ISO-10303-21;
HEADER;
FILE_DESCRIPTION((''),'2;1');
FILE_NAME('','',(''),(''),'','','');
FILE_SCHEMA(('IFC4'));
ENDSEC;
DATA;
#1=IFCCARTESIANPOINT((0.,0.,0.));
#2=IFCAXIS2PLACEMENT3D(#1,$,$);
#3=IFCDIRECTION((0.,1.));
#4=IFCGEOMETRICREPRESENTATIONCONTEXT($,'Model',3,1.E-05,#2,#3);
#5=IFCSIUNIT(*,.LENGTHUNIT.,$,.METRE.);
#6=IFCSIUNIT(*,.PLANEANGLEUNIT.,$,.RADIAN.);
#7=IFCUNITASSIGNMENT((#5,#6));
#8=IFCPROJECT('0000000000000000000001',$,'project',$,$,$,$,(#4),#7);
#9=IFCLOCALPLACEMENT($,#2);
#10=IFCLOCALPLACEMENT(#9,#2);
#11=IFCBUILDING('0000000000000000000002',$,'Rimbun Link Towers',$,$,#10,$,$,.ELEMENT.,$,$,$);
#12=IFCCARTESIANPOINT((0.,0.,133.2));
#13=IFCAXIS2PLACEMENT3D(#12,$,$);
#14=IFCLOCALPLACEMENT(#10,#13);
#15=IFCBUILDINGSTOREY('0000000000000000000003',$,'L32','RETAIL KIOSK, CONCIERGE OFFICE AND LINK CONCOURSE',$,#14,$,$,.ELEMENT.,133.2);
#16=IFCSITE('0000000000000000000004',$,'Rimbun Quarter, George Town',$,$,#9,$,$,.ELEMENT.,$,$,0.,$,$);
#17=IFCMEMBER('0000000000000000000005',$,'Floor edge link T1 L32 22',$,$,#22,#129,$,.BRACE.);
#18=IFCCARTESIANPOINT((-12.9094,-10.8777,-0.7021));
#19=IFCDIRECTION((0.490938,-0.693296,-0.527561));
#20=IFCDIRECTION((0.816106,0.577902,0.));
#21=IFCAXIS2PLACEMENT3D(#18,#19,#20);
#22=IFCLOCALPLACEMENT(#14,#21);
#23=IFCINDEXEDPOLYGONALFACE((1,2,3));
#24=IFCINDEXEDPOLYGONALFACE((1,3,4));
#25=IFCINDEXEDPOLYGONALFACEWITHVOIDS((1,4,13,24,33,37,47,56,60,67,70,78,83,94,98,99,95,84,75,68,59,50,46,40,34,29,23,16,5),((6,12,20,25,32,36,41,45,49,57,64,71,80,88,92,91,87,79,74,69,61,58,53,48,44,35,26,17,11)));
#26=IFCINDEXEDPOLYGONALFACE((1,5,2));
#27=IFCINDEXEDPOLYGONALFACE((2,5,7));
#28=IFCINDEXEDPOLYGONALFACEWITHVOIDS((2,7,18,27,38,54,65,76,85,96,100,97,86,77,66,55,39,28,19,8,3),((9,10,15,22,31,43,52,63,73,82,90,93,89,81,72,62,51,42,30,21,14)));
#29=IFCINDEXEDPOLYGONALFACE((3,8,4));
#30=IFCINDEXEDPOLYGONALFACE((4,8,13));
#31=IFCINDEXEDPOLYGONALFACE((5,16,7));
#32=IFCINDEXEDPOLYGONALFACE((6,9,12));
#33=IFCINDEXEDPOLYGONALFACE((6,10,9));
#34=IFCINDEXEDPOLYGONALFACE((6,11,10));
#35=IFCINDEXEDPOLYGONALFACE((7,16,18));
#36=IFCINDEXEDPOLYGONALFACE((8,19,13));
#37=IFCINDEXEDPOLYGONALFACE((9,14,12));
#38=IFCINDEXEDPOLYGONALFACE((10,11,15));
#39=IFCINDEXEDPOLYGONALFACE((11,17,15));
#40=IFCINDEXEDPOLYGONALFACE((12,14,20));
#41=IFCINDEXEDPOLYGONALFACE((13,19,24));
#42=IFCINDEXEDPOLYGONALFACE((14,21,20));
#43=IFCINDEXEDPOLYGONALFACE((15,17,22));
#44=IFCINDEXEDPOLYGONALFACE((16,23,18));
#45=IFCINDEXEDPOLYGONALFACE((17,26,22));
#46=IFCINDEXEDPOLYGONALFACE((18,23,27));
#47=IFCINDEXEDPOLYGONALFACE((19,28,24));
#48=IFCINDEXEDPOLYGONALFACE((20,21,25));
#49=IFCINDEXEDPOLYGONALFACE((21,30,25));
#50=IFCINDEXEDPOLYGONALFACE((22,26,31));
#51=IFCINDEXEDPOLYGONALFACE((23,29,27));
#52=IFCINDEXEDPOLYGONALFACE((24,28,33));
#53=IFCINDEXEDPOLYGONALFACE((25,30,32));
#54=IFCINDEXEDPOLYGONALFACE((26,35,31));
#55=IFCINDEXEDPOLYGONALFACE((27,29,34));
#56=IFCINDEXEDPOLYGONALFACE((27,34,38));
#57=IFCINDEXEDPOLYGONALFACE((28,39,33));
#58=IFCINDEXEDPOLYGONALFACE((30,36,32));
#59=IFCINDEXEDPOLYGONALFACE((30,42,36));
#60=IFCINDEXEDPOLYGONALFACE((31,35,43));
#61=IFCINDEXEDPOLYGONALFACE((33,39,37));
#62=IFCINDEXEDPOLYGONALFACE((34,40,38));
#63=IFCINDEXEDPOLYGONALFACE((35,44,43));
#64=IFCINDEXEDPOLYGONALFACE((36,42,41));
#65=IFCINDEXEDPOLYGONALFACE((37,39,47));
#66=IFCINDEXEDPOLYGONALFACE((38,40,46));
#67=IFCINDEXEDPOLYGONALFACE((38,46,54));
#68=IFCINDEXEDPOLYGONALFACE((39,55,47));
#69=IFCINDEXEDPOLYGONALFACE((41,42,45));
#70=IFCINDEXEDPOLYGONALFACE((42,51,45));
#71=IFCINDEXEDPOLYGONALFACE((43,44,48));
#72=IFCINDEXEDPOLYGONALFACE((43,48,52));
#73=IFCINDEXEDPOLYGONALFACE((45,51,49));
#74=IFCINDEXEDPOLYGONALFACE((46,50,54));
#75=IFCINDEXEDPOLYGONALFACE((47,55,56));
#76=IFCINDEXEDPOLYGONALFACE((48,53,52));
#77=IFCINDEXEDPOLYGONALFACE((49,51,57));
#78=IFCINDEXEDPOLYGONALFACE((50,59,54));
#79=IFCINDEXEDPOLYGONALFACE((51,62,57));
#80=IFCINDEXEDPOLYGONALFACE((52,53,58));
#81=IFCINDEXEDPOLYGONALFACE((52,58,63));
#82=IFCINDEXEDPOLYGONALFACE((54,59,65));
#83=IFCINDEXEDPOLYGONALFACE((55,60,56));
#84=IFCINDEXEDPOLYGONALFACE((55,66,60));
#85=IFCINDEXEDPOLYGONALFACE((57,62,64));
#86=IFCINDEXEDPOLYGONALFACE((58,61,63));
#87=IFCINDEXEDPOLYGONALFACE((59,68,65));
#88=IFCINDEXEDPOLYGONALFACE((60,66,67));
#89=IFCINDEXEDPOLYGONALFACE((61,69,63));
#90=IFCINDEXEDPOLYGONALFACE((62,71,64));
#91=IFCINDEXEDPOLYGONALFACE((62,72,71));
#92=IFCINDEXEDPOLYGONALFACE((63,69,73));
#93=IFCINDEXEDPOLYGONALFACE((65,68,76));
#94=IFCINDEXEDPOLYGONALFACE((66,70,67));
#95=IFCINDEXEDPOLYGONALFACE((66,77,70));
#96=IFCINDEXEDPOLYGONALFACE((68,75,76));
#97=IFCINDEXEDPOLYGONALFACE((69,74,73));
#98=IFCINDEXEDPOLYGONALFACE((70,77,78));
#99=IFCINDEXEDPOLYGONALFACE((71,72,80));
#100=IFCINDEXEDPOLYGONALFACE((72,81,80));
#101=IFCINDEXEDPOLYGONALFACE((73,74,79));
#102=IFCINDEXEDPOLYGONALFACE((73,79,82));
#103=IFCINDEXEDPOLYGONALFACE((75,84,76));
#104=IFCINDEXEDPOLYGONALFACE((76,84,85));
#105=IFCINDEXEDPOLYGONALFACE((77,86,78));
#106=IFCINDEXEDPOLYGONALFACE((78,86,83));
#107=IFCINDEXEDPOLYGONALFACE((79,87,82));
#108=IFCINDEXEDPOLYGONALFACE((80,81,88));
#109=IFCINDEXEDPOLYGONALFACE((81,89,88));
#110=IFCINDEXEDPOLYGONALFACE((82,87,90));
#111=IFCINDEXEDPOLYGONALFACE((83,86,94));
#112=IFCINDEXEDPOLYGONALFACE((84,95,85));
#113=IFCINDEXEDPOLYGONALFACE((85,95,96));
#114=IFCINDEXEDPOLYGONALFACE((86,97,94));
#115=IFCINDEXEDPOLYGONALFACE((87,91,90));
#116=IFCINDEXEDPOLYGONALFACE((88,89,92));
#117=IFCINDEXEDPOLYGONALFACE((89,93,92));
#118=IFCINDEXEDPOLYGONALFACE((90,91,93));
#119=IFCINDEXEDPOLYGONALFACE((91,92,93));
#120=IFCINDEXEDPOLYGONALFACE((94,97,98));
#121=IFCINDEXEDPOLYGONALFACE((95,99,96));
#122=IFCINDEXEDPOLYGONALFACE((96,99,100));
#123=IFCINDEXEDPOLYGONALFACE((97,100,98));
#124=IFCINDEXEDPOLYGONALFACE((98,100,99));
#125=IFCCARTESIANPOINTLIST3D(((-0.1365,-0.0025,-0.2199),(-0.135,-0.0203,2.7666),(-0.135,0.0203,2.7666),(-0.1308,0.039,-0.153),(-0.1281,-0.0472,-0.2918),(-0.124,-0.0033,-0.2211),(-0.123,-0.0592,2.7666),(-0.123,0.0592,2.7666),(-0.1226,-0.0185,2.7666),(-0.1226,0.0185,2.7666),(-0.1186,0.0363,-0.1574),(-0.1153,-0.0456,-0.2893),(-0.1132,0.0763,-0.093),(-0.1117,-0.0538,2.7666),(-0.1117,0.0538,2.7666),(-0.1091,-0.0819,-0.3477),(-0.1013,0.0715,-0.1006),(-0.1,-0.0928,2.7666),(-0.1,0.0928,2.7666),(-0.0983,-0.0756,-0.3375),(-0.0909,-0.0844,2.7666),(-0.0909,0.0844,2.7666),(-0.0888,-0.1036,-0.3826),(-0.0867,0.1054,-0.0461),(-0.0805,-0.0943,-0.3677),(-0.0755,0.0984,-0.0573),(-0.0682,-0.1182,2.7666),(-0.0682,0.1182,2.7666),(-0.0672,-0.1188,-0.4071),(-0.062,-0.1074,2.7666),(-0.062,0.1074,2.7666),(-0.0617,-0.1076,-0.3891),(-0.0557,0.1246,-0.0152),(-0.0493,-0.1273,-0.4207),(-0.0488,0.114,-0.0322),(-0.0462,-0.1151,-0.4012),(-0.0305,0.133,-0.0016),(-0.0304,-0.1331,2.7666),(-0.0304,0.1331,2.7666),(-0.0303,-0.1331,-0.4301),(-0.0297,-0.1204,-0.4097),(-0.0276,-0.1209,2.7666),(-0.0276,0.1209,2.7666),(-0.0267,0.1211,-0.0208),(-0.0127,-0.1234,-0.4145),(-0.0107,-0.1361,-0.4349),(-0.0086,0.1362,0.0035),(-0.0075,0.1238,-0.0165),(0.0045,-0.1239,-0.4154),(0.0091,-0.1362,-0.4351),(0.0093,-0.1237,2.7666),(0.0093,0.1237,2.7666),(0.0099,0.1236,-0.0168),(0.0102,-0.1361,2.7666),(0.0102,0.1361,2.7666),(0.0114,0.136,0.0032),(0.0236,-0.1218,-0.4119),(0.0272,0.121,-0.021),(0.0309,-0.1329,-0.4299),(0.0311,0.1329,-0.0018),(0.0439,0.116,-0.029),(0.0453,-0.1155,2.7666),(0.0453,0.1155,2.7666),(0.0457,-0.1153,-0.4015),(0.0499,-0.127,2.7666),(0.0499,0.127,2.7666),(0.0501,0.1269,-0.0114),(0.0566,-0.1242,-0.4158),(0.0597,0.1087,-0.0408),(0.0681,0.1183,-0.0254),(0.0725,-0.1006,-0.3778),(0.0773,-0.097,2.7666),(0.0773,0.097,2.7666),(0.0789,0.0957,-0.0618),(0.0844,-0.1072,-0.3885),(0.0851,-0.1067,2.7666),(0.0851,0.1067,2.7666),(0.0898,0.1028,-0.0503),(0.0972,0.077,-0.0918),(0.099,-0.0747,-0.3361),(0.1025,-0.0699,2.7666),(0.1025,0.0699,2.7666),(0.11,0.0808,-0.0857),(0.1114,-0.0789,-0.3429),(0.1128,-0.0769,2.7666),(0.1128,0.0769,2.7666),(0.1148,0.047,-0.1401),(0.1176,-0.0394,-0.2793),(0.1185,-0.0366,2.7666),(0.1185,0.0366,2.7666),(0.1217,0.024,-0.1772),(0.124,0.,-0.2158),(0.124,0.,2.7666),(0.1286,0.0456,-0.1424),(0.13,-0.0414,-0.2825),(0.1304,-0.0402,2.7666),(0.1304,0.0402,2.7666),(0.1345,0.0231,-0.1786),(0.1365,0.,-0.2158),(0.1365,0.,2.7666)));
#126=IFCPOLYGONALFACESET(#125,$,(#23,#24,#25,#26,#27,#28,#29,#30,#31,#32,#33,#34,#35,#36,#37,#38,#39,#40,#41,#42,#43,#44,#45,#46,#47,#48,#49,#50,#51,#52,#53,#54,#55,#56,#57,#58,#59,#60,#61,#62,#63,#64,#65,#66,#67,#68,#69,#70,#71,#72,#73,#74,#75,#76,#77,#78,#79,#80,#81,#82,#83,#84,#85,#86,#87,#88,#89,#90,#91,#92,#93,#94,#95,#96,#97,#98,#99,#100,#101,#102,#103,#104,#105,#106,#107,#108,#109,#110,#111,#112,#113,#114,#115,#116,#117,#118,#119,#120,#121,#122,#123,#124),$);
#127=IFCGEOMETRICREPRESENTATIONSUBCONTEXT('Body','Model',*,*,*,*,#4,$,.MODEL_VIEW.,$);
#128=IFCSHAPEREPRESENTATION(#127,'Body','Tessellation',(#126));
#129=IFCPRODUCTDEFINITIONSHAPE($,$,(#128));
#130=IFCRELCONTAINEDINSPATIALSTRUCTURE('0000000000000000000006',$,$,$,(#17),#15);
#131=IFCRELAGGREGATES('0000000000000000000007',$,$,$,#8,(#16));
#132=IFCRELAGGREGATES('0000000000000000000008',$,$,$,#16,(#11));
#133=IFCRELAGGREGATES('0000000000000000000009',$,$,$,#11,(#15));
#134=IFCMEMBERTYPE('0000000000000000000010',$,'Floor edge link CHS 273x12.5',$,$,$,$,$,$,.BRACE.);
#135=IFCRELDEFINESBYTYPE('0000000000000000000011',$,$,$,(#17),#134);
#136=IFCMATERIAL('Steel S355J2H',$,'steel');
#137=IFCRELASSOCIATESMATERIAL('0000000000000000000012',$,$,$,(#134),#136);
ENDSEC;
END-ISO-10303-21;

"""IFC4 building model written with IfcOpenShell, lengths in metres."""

from ifc_helpers import new_model, si_unit, direction, frame, origin, origin_2d, place, context, subcontext, project, spatial, hollow_circle, extrude, clip, halfspace, material, material_profile, profile_set, type_object, element, save


model = new_model("IFC4")

# Units and contexts
model_context = context("Model", 3, precision=1e-05, world=origin(), true_north=direction((0.0, 1.0)))
body_context = subcontext(model_context, "Body", "Model", "MODEL_VIEW")
ifc_project = project(units=[si_unit("LENGTHUNIT", "METRE"), si_unit("PLANEANGLEUNIT", "RADIAN")], contexts=[model_context])

# Site, building, storey
site_placement = place(None, origin())
site = spatial("IfcSite", under=ifc_project, at=site_placement, Name="Rimbun Quarter, George Town", CompositionType="ELEMENT", RefElevation=0.0)
building_placement = place(site_placement, origin())
building = spatial("IfcBuilding", under=site, at=building_placement, Name="Rimbun Link Towers", CompositionType="ELEMENT")
storey_placement = place(building_placement, frame((0.0, 0.0, 133.2)))
storey = spatial("IfcBuildingStorey", under=building, at=storey_placement, Name="L32", Description="RETAIL KIOSK, CONCIERGE OFFICE AND LINK CONCOURSE", CompositionType="ELEMENT", Elevation=133.2)

# Member
ifc_material_1 = material(Name="Steel S355J2H", Category="steel")
ifc_material_profile_1 = material_profile(ifc_material_1, hollow_circle(Radius=0.1365, WallThickness=0.0125, at=origin_2d()), Name="CHS 273x12.5")
ifc_profile_set_1 = profile_set([ifc_material_profile_1], Name="Steel S355J2H")
member_type = type_object("IfcMemberType", Name="Floor edge link CHS 273x12.5", PredefinedType="BRACE", material=ifc_profile_set_1)
member_placement = place(storey_placement, frame((-12.9094, -10.8777, -0.7021), z_axis=(0.490938, -0.693296, -0.527561), x_axis=(0.816106, 0.577902, 0.0)))
element("IfcMember", 1, at=member_placement, inside=storey, type_object=member_type, Name="Floor edge link T1 L32 22", PredefinedType="BRACE", context=body_context, shape_type="Clipping", body=[
    clip(extrude(hollow_circle(Radius=0.1365, WallThickness=0.0125, at=origin_2d()), frame((0.0, 0.0, -0.4585)), (0.0, 0.0, 1.0), 3.2251), halfspace(frame((0.0, 0.0, -0.2158), z_axis=(0.0, 0.849517, -0.527561)), False)),
])

save(model, "model.ifc")
